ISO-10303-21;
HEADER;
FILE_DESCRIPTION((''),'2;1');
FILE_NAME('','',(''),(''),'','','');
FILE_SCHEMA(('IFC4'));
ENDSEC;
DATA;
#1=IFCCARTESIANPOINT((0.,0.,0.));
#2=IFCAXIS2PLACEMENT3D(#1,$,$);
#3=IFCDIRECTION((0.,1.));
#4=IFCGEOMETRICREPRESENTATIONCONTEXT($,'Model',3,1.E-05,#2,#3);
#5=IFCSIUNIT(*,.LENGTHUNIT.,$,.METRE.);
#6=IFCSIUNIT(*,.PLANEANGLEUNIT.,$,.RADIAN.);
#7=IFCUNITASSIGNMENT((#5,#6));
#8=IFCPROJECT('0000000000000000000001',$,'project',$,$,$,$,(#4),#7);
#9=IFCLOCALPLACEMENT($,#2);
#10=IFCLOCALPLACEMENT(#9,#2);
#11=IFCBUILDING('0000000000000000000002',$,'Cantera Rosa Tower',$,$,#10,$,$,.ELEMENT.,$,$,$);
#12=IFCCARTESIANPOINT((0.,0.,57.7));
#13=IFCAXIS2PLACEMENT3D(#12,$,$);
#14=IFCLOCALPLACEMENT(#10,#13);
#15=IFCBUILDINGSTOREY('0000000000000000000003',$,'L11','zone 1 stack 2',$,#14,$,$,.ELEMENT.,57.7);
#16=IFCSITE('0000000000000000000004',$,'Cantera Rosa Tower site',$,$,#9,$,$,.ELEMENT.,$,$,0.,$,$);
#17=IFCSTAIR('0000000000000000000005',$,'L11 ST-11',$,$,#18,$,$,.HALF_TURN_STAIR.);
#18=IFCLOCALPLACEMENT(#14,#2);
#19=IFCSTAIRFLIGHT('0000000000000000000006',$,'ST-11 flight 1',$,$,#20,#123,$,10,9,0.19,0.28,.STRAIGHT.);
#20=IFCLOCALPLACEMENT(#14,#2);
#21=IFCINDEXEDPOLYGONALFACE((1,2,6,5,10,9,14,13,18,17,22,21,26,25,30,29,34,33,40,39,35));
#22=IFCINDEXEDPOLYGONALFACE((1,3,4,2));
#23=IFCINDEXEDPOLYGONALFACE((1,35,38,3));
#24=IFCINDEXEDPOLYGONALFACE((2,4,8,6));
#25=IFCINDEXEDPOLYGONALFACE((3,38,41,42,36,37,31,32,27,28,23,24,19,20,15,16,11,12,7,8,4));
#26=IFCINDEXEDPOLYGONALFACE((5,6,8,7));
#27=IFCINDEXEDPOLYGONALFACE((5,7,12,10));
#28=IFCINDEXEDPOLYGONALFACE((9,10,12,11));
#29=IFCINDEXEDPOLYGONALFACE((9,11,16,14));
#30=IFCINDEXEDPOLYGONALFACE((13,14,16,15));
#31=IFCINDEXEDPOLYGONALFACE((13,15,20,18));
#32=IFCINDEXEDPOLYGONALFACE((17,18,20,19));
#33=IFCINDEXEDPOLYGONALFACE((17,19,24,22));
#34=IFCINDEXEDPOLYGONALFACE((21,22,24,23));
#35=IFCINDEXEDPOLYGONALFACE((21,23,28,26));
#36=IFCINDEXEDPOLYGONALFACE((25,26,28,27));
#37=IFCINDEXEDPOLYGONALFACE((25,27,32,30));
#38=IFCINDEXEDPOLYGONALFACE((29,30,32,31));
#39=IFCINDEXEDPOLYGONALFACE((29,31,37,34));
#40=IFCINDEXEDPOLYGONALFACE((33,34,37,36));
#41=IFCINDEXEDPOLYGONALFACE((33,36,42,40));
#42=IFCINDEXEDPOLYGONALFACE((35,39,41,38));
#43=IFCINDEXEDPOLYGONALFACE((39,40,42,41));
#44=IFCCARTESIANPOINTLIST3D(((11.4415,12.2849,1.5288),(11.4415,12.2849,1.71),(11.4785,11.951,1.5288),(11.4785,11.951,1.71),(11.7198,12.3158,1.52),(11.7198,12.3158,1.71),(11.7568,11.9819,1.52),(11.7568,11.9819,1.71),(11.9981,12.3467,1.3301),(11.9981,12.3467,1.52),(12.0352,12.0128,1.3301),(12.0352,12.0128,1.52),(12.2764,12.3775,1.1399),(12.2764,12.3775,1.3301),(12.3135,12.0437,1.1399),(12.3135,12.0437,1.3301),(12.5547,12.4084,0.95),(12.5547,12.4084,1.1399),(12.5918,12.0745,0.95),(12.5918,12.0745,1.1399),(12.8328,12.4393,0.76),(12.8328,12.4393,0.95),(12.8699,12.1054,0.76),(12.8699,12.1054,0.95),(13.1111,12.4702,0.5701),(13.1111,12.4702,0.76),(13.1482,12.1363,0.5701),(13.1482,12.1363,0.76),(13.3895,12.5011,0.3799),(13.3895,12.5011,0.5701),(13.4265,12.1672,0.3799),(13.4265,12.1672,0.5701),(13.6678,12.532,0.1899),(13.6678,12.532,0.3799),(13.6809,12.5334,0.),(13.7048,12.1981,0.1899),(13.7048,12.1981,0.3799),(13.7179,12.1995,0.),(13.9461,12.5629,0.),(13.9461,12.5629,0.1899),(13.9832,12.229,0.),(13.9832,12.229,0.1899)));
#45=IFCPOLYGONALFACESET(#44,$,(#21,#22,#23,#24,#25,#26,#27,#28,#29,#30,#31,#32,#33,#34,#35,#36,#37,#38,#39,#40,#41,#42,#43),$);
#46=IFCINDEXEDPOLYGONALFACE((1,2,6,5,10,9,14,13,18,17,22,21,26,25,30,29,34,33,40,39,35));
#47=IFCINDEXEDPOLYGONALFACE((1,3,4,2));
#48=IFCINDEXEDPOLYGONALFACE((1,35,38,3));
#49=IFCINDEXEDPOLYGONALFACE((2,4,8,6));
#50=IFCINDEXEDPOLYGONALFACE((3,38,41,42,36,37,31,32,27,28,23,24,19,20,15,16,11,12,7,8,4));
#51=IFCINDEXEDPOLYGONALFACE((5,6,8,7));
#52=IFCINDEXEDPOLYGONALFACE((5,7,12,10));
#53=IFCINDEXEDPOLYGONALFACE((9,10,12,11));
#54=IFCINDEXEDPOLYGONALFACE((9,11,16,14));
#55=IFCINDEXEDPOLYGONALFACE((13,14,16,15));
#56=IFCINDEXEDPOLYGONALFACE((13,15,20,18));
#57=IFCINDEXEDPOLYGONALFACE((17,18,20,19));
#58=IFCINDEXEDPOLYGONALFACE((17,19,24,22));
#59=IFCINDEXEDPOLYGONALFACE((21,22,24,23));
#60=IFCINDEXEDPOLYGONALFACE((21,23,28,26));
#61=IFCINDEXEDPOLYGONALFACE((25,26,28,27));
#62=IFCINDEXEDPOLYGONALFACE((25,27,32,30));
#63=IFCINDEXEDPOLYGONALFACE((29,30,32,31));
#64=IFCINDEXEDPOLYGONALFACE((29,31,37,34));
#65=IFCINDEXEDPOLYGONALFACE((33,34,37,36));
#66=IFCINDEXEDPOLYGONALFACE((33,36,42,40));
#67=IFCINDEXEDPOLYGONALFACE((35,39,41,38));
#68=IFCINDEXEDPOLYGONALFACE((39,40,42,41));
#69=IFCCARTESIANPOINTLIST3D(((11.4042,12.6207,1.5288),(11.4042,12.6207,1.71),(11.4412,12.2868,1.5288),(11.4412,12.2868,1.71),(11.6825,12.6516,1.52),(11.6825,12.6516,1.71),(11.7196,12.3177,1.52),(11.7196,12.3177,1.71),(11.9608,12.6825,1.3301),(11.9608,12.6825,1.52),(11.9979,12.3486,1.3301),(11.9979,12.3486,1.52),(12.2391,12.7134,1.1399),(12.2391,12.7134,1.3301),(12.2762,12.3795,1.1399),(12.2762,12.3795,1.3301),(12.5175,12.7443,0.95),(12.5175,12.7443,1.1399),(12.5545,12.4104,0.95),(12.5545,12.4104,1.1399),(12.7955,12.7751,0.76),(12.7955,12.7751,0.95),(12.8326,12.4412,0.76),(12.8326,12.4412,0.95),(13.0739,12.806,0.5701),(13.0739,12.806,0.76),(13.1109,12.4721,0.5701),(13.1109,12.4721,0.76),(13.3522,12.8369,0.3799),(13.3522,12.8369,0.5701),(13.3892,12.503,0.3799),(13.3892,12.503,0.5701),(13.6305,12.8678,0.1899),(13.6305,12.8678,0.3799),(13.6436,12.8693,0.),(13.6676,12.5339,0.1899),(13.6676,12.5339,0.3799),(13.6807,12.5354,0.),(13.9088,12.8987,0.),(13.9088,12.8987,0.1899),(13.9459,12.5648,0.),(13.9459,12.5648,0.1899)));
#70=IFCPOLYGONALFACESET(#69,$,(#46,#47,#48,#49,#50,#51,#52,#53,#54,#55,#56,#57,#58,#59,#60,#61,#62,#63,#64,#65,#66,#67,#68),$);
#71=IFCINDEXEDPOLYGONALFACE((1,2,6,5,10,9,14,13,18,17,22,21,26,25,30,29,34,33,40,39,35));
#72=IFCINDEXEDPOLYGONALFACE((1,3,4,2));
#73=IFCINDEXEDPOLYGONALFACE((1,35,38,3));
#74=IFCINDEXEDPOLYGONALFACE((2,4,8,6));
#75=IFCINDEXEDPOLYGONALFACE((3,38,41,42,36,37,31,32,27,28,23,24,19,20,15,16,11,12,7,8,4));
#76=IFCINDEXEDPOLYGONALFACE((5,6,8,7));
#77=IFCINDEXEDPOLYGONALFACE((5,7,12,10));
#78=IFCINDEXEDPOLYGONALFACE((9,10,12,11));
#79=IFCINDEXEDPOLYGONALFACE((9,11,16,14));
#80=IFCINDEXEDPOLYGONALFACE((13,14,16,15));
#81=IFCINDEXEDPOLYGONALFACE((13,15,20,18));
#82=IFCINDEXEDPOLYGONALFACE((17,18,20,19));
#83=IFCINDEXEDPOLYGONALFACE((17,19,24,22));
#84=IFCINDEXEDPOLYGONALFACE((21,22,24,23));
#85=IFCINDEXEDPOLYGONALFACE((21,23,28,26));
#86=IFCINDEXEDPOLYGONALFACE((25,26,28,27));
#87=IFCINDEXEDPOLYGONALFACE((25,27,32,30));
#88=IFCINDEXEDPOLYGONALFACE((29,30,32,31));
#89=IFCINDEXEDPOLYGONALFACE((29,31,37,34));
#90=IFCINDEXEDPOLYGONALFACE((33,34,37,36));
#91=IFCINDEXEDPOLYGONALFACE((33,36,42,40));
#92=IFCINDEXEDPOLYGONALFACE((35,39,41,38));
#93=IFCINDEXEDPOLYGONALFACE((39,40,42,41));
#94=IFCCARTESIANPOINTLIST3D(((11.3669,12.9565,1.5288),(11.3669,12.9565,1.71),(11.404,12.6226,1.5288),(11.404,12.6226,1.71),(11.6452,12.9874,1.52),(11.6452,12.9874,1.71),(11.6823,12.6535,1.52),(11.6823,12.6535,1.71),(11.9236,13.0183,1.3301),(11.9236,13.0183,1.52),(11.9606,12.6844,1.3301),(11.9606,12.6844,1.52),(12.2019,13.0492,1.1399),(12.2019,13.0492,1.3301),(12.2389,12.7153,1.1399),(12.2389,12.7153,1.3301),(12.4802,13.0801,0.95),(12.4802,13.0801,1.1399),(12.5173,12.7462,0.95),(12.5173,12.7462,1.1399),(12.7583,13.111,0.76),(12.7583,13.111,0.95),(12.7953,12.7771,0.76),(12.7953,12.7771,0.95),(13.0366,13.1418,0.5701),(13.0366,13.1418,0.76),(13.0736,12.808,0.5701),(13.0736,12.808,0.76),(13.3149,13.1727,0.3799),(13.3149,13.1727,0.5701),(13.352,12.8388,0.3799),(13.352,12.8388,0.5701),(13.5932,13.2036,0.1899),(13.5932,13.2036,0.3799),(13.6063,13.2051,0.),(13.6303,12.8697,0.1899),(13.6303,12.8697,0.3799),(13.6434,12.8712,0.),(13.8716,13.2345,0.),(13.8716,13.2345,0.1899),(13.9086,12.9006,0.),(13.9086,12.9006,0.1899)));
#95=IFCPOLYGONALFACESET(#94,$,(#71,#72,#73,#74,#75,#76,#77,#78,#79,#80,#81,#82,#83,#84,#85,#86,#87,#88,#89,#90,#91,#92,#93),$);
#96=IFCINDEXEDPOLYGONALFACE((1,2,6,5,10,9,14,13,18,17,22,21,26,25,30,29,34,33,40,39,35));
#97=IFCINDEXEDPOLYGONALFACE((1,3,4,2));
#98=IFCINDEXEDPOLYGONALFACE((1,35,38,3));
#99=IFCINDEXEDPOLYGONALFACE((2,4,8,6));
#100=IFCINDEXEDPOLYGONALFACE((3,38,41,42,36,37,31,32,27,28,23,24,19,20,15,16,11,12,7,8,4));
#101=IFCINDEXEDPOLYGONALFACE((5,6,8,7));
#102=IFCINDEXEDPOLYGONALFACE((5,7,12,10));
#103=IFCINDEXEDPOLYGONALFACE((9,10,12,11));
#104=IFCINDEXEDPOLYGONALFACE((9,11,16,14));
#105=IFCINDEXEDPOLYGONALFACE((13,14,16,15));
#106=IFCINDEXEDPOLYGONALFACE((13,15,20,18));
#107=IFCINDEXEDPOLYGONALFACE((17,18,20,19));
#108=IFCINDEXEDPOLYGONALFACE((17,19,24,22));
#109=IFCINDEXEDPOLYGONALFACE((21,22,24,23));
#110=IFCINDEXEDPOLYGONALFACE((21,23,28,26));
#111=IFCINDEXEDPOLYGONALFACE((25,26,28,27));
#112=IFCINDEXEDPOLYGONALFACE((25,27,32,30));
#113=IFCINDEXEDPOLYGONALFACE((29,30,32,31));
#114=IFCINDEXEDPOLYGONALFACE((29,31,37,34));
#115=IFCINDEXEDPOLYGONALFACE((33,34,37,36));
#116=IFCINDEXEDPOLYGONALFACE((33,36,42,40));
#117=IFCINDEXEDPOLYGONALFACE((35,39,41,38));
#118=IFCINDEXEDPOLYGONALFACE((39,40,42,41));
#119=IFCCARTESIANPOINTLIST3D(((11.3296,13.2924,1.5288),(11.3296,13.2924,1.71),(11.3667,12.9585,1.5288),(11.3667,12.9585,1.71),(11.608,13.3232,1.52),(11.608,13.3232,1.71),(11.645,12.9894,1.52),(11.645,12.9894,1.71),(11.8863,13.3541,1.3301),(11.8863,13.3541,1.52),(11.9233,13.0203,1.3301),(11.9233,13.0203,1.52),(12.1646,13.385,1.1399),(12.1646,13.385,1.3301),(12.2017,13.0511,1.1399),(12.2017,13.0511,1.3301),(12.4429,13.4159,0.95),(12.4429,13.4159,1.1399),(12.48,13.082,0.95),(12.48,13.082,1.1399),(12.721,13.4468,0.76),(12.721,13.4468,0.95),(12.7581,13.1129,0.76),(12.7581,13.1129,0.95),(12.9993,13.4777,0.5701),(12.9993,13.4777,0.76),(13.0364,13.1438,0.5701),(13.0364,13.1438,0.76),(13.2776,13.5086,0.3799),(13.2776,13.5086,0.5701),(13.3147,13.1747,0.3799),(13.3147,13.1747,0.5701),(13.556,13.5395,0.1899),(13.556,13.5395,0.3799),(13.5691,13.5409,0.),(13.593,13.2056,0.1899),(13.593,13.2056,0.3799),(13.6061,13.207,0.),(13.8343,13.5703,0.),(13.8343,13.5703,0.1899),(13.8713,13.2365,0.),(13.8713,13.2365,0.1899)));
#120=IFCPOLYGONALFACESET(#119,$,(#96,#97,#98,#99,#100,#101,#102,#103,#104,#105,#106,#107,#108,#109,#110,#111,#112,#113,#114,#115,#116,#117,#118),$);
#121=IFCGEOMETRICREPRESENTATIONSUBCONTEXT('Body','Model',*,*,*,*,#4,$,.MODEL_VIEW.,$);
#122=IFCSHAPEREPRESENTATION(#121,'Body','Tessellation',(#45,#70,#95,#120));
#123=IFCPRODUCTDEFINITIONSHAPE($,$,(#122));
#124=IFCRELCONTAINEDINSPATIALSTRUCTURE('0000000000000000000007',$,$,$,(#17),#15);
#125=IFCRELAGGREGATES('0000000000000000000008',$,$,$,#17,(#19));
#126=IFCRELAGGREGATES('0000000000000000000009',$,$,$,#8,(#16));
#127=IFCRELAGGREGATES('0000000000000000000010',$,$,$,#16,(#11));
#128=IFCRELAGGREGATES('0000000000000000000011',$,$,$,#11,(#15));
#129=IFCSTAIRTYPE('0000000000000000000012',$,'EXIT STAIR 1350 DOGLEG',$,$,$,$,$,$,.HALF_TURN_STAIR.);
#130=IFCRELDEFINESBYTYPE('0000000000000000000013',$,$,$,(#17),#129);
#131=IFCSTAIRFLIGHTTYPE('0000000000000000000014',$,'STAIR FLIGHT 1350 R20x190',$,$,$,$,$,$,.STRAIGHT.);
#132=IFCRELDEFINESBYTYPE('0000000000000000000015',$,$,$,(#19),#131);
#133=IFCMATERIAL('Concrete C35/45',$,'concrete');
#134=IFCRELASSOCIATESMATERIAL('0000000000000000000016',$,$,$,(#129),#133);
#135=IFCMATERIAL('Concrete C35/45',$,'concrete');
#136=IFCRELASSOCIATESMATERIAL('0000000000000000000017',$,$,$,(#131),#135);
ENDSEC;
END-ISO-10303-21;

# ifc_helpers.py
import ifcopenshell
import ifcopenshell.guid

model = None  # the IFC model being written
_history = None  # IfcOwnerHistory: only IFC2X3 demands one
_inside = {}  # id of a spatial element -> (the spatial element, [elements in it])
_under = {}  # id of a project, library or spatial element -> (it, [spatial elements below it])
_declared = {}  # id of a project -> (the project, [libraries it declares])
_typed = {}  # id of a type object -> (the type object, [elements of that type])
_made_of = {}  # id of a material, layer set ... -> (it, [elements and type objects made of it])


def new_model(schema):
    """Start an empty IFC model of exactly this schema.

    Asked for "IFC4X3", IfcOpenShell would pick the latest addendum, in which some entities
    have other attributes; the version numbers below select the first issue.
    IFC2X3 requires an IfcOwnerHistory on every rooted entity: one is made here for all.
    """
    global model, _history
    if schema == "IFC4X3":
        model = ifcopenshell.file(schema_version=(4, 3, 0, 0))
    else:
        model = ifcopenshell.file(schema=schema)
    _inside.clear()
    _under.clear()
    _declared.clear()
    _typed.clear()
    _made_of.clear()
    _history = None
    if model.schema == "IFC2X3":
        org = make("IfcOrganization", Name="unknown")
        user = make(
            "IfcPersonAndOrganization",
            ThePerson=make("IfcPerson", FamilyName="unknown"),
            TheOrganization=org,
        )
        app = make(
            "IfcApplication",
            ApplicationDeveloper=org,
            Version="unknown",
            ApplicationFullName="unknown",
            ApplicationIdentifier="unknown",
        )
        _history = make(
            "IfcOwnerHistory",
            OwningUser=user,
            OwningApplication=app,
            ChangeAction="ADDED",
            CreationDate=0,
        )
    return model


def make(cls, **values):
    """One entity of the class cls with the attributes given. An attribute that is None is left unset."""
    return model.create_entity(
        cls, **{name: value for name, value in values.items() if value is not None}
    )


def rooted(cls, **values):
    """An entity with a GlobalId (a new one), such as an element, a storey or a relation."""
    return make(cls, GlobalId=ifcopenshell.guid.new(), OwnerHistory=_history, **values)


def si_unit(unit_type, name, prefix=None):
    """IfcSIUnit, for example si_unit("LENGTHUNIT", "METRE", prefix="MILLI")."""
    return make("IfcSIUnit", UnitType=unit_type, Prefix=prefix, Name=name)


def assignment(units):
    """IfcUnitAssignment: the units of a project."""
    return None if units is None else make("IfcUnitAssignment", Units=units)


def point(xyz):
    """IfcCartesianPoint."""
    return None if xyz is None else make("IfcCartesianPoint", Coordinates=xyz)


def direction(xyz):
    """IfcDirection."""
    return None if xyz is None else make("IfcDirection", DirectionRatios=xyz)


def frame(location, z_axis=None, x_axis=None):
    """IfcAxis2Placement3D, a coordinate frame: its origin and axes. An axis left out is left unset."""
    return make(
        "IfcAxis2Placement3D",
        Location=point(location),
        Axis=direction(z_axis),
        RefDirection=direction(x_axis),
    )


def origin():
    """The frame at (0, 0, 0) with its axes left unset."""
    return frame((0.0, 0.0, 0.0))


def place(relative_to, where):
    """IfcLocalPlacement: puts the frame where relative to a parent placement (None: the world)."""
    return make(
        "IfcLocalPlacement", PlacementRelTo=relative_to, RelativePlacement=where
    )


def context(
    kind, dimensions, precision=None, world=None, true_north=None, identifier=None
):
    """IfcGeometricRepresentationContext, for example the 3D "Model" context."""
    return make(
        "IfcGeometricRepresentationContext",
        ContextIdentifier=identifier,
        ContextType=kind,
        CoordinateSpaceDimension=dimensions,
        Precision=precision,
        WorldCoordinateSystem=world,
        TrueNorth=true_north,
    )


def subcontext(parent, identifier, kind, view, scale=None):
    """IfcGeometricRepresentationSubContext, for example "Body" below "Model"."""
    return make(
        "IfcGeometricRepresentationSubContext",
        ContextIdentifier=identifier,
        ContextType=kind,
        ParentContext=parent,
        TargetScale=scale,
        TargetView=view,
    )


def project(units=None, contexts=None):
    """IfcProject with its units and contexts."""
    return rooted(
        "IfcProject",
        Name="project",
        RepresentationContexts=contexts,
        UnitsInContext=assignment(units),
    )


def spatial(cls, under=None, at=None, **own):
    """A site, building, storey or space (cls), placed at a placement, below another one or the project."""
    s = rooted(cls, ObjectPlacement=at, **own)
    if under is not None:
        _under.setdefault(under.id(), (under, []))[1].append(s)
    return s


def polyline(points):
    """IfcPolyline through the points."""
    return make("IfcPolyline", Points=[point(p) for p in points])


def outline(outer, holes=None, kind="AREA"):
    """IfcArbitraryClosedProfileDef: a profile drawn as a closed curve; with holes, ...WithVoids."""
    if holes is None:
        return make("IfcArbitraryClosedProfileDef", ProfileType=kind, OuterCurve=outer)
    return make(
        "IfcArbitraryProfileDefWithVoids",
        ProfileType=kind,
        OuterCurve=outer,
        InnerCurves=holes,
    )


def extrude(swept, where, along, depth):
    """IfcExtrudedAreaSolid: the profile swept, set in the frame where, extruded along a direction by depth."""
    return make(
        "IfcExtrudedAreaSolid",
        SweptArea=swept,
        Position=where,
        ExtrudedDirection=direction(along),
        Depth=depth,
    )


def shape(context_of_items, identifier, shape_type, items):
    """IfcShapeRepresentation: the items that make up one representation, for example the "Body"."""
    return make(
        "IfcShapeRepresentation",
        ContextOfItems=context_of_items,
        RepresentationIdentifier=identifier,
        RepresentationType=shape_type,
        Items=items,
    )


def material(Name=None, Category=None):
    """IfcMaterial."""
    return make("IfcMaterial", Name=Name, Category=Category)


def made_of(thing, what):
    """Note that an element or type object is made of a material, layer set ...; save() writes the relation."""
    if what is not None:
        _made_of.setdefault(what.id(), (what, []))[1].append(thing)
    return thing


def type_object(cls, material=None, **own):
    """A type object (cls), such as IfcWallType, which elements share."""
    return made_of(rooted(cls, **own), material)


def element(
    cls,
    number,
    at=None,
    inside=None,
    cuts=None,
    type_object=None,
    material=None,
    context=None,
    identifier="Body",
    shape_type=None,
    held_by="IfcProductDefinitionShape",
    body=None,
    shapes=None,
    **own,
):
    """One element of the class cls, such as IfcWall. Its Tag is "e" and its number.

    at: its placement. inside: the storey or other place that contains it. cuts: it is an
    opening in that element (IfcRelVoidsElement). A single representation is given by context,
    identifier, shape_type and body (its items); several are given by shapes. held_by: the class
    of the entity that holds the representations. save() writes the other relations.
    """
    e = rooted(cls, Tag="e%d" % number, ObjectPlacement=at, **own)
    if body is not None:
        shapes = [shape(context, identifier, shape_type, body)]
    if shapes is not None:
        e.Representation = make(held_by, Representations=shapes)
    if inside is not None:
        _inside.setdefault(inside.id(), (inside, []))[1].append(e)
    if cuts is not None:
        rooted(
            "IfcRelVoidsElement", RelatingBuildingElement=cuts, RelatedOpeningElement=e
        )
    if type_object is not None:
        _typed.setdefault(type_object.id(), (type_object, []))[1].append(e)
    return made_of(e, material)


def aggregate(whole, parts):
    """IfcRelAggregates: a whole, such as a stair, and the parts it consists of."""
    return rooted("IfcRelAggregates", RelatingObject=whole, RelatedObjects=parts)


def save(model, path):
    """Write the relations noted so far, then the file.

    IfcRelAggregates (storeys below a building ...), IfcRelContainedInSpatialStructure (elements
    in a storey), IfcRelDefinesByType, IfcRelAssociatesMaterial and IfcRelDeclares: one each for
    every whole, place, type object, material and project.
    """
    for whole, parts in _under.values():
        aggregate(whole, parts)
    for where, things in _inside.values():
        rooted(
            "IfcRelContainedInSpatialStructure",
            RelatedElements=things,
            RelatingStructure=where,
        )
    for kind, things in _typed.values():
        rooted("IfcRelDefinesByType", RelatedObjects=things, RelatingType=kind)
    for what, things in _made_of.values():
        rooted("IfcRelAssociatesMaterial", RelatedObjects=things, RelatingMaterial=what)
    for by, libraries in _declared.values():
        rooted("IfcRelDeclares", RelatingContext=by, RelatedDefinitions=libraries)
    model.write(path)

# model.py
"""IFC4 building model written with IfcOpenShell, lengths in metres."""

from ifc_helpers import new_model, si_unit, direction, frame, origin, place, context, subcontext, project, spatial, polyline, outline, extrude, material, type_object, element, aggregate, save


model = new_model("IFC4")

# Units and contexts
model_context = context("Model", 3, precision=1e-05, world=origin(), true_north=direction((0.0, 1.0)))
body_context = subcontext(model_context, "Body", "Model", "MODEL_VIEW")
ifc_project = project(units=[si_unit("LENGTHUNIT", "METRE"), si_unit("PLANEANGLEUNIT", "RADIAN")], contexts=[model_context])

# Site, building, storey
site_placement = place(None, origin())
site = spatial("IfcSite", under=ifc_project, at=site_placement, Name="Cantera Rosa Tower site", CompositionType="ELEMENT", RefElevation=0.0)
building_placement = place(site_placement, origin())
building = spatial("IfcBuilding", under=site, at=building_placement, Name="Cantera Rosa Tower", CompositionType="ELEMENT")
storey_placement = place(building_placement, frame((0.0, 0.0, 57.7)))
storey = spatial("IfcBuildingStorey", under=building, at=storey_placement, Name="L11", Description="zone 1 stack 2", CompositionType="ELEMENT", Elevation=57.7)

# Stair, stair flight
ifc_material_1 = material(Name="Concrete C35/45", Category="concrete")
stair_type = type_object("IfcStairType", Name="EXIT STAIR 1350 DOGLEG", PredefinedType="HALF_TURN_STAIR", material=ifc_material_1)
stair_placement = place(storey_placement, origin())
stair = element("IfcStair", 1, at=stair_placement, inside=storey, type_object=stair_type, Name="L11 ST-11", PredefinedType="HALF_TURN_STAIR")
ifc_material_2 = material(Name="Concrete C35/45", Category="concrete")
stair_flight_type = type_object("IfcStairFlightType", Name="STAIR FLIGHT 1350 R20x190", PredefinedType="STRAIGHT", material=ifc_material_2)
stair_flight_placement = place(storey_placement, frame((13.9087, 12.8999, 0.0), z_axis=(0.0, 0.0, 1.0), x_axis=(-0.993897, -0.110313, 0.0)))
stair_flight = element("IfcStairFlight", 2, at=stair_flight_placement, type_object=stair_flight_type, Name="ST-11 flight 1", NumberOfRisers=10, NumberOfTreads=9, PredefinedType="STRAIGHT", RiserHeight=0.19, TreadLength=0.28, context=body_context, shape_type="SweptSolid", body=[
    extrude(outline(polyline([(0.0, 0.0), (0.0, 0.1899), (0.28, 0.1899), (0.28, 0.3799), (0.5601, 0.3799), (0.5601, 0.5701), (0.8401, 0.5701), (0.8401, 0.76), (1.1201, 0.76), (1.1201, 0.95), (1.3999, 0.95), (1.3999, 1.1399), (1.6799, 1.1399), (1.6799, 1.3301), (1.96, 1.3301), (1.96, 1.52), (2.24, 1.52), (2.24, 1.71), (2.52, 1.71), (2.52, 1.8999), (2.52, 1.5288), (0.2668, 0.0), (0.0, 0.0)])), frame((0.0, 0.675, 0.0), z_axis=(0.0, -1.0, 0.0), x_axis=(1.0, 0.0, 0.0)), (0.0, 0.0, 1.0), 0.3359),
    extrude(outline(polyline([(0.0, 0.0), (0.0, 0.1899), (0.28, 0.1899), (0.28, 0.3799), (0.5601, 0.3799), (0.5601, 0.5701), (0.8401, 0.5701), (0.8401, 0.76), (1.1201, 0.76), (1.1201, 0.95), (1.3999, 0.95), (1.3999, 1.1399), (1.6799, 1.1399), (1.6799, 1.3301), (1.96, 1.3301), (1.96, 1.52), (2.24, 1.52), (2.24, 1.71), (2.52, 1.71), (2.52, 1.8999), (2.52, 1.5288), (0.2668, 0.0), (0.0, 0.0)])), frame((0.0, 0.3372, 0.0), z_axis=(0.0, -1.0, 0.0), x_axis=(1.0, 0.0, 0.0)), (0.0, 0.0, 1.0), 0.3359),
    extrude(outline(polyline([(0.0, 0.0), (0.0, 0.1899), (0.28, 0.1899), (0.28, 0.3799), (0.5601, 0.3799), (0.5601, 0.5701), (0.8401, 0.5701), (0.8401, 0.76), (1.1201, 0.76), (1.1201, 0.95), (1.3999, 0.95), (1.3999, 1.1399), (1.6799, 1.1399), (1.6799, 1.3301), (1.96, 1.3301), (1.96, 1.52), (2.24, 1.52), (2.24, 1.71), (2.52, 1.71), (2.52, 1.8999), (2.52, 1.5288), (0.2668, 0.0), (0.0, 0.0)])), frame((0.0, -0.0007, 0.0), z_axis=(0.0, -1.0, 0.0), x_axis=(1.0, 0.0, 0.0)), (0.0, 0.0, 1.0), 0.3359),
    extrude(outline(polyline([(0.0, 0.0), (0.0, 0.1899), (0.28, 0.1899), (0.28, 0.3799), (0.5601, 0.3799), (0.5601, 0.5701), (0.8401, 0.5701), (0.8401, 0.76), (1.1201, 0.76), (1.1201, 0.95), (1.3999, 0.95), (1.3999, 1.1399), (1.6799, 1.1399), (1.6799, 1.3301), (1.96, 1.3301), (1.96, 1.52), (2.24, 1.52), (2.24, 1.71), (2.52, 1.71), (2.52, 1.8999), (2.52, 1.5288), (0.2668, 0.0), (0.0, 0.0)])), frame((0.0, -0.3386, 0.0), z_axis=(0.0, -1.0, 0.0), x_axis=(1.0, 0.0, 0.0)), (0.0, 0.0, 1.0), 0.3359),
])
aggregate(stair, [stair_flight])

save(model, "model.ifc")
